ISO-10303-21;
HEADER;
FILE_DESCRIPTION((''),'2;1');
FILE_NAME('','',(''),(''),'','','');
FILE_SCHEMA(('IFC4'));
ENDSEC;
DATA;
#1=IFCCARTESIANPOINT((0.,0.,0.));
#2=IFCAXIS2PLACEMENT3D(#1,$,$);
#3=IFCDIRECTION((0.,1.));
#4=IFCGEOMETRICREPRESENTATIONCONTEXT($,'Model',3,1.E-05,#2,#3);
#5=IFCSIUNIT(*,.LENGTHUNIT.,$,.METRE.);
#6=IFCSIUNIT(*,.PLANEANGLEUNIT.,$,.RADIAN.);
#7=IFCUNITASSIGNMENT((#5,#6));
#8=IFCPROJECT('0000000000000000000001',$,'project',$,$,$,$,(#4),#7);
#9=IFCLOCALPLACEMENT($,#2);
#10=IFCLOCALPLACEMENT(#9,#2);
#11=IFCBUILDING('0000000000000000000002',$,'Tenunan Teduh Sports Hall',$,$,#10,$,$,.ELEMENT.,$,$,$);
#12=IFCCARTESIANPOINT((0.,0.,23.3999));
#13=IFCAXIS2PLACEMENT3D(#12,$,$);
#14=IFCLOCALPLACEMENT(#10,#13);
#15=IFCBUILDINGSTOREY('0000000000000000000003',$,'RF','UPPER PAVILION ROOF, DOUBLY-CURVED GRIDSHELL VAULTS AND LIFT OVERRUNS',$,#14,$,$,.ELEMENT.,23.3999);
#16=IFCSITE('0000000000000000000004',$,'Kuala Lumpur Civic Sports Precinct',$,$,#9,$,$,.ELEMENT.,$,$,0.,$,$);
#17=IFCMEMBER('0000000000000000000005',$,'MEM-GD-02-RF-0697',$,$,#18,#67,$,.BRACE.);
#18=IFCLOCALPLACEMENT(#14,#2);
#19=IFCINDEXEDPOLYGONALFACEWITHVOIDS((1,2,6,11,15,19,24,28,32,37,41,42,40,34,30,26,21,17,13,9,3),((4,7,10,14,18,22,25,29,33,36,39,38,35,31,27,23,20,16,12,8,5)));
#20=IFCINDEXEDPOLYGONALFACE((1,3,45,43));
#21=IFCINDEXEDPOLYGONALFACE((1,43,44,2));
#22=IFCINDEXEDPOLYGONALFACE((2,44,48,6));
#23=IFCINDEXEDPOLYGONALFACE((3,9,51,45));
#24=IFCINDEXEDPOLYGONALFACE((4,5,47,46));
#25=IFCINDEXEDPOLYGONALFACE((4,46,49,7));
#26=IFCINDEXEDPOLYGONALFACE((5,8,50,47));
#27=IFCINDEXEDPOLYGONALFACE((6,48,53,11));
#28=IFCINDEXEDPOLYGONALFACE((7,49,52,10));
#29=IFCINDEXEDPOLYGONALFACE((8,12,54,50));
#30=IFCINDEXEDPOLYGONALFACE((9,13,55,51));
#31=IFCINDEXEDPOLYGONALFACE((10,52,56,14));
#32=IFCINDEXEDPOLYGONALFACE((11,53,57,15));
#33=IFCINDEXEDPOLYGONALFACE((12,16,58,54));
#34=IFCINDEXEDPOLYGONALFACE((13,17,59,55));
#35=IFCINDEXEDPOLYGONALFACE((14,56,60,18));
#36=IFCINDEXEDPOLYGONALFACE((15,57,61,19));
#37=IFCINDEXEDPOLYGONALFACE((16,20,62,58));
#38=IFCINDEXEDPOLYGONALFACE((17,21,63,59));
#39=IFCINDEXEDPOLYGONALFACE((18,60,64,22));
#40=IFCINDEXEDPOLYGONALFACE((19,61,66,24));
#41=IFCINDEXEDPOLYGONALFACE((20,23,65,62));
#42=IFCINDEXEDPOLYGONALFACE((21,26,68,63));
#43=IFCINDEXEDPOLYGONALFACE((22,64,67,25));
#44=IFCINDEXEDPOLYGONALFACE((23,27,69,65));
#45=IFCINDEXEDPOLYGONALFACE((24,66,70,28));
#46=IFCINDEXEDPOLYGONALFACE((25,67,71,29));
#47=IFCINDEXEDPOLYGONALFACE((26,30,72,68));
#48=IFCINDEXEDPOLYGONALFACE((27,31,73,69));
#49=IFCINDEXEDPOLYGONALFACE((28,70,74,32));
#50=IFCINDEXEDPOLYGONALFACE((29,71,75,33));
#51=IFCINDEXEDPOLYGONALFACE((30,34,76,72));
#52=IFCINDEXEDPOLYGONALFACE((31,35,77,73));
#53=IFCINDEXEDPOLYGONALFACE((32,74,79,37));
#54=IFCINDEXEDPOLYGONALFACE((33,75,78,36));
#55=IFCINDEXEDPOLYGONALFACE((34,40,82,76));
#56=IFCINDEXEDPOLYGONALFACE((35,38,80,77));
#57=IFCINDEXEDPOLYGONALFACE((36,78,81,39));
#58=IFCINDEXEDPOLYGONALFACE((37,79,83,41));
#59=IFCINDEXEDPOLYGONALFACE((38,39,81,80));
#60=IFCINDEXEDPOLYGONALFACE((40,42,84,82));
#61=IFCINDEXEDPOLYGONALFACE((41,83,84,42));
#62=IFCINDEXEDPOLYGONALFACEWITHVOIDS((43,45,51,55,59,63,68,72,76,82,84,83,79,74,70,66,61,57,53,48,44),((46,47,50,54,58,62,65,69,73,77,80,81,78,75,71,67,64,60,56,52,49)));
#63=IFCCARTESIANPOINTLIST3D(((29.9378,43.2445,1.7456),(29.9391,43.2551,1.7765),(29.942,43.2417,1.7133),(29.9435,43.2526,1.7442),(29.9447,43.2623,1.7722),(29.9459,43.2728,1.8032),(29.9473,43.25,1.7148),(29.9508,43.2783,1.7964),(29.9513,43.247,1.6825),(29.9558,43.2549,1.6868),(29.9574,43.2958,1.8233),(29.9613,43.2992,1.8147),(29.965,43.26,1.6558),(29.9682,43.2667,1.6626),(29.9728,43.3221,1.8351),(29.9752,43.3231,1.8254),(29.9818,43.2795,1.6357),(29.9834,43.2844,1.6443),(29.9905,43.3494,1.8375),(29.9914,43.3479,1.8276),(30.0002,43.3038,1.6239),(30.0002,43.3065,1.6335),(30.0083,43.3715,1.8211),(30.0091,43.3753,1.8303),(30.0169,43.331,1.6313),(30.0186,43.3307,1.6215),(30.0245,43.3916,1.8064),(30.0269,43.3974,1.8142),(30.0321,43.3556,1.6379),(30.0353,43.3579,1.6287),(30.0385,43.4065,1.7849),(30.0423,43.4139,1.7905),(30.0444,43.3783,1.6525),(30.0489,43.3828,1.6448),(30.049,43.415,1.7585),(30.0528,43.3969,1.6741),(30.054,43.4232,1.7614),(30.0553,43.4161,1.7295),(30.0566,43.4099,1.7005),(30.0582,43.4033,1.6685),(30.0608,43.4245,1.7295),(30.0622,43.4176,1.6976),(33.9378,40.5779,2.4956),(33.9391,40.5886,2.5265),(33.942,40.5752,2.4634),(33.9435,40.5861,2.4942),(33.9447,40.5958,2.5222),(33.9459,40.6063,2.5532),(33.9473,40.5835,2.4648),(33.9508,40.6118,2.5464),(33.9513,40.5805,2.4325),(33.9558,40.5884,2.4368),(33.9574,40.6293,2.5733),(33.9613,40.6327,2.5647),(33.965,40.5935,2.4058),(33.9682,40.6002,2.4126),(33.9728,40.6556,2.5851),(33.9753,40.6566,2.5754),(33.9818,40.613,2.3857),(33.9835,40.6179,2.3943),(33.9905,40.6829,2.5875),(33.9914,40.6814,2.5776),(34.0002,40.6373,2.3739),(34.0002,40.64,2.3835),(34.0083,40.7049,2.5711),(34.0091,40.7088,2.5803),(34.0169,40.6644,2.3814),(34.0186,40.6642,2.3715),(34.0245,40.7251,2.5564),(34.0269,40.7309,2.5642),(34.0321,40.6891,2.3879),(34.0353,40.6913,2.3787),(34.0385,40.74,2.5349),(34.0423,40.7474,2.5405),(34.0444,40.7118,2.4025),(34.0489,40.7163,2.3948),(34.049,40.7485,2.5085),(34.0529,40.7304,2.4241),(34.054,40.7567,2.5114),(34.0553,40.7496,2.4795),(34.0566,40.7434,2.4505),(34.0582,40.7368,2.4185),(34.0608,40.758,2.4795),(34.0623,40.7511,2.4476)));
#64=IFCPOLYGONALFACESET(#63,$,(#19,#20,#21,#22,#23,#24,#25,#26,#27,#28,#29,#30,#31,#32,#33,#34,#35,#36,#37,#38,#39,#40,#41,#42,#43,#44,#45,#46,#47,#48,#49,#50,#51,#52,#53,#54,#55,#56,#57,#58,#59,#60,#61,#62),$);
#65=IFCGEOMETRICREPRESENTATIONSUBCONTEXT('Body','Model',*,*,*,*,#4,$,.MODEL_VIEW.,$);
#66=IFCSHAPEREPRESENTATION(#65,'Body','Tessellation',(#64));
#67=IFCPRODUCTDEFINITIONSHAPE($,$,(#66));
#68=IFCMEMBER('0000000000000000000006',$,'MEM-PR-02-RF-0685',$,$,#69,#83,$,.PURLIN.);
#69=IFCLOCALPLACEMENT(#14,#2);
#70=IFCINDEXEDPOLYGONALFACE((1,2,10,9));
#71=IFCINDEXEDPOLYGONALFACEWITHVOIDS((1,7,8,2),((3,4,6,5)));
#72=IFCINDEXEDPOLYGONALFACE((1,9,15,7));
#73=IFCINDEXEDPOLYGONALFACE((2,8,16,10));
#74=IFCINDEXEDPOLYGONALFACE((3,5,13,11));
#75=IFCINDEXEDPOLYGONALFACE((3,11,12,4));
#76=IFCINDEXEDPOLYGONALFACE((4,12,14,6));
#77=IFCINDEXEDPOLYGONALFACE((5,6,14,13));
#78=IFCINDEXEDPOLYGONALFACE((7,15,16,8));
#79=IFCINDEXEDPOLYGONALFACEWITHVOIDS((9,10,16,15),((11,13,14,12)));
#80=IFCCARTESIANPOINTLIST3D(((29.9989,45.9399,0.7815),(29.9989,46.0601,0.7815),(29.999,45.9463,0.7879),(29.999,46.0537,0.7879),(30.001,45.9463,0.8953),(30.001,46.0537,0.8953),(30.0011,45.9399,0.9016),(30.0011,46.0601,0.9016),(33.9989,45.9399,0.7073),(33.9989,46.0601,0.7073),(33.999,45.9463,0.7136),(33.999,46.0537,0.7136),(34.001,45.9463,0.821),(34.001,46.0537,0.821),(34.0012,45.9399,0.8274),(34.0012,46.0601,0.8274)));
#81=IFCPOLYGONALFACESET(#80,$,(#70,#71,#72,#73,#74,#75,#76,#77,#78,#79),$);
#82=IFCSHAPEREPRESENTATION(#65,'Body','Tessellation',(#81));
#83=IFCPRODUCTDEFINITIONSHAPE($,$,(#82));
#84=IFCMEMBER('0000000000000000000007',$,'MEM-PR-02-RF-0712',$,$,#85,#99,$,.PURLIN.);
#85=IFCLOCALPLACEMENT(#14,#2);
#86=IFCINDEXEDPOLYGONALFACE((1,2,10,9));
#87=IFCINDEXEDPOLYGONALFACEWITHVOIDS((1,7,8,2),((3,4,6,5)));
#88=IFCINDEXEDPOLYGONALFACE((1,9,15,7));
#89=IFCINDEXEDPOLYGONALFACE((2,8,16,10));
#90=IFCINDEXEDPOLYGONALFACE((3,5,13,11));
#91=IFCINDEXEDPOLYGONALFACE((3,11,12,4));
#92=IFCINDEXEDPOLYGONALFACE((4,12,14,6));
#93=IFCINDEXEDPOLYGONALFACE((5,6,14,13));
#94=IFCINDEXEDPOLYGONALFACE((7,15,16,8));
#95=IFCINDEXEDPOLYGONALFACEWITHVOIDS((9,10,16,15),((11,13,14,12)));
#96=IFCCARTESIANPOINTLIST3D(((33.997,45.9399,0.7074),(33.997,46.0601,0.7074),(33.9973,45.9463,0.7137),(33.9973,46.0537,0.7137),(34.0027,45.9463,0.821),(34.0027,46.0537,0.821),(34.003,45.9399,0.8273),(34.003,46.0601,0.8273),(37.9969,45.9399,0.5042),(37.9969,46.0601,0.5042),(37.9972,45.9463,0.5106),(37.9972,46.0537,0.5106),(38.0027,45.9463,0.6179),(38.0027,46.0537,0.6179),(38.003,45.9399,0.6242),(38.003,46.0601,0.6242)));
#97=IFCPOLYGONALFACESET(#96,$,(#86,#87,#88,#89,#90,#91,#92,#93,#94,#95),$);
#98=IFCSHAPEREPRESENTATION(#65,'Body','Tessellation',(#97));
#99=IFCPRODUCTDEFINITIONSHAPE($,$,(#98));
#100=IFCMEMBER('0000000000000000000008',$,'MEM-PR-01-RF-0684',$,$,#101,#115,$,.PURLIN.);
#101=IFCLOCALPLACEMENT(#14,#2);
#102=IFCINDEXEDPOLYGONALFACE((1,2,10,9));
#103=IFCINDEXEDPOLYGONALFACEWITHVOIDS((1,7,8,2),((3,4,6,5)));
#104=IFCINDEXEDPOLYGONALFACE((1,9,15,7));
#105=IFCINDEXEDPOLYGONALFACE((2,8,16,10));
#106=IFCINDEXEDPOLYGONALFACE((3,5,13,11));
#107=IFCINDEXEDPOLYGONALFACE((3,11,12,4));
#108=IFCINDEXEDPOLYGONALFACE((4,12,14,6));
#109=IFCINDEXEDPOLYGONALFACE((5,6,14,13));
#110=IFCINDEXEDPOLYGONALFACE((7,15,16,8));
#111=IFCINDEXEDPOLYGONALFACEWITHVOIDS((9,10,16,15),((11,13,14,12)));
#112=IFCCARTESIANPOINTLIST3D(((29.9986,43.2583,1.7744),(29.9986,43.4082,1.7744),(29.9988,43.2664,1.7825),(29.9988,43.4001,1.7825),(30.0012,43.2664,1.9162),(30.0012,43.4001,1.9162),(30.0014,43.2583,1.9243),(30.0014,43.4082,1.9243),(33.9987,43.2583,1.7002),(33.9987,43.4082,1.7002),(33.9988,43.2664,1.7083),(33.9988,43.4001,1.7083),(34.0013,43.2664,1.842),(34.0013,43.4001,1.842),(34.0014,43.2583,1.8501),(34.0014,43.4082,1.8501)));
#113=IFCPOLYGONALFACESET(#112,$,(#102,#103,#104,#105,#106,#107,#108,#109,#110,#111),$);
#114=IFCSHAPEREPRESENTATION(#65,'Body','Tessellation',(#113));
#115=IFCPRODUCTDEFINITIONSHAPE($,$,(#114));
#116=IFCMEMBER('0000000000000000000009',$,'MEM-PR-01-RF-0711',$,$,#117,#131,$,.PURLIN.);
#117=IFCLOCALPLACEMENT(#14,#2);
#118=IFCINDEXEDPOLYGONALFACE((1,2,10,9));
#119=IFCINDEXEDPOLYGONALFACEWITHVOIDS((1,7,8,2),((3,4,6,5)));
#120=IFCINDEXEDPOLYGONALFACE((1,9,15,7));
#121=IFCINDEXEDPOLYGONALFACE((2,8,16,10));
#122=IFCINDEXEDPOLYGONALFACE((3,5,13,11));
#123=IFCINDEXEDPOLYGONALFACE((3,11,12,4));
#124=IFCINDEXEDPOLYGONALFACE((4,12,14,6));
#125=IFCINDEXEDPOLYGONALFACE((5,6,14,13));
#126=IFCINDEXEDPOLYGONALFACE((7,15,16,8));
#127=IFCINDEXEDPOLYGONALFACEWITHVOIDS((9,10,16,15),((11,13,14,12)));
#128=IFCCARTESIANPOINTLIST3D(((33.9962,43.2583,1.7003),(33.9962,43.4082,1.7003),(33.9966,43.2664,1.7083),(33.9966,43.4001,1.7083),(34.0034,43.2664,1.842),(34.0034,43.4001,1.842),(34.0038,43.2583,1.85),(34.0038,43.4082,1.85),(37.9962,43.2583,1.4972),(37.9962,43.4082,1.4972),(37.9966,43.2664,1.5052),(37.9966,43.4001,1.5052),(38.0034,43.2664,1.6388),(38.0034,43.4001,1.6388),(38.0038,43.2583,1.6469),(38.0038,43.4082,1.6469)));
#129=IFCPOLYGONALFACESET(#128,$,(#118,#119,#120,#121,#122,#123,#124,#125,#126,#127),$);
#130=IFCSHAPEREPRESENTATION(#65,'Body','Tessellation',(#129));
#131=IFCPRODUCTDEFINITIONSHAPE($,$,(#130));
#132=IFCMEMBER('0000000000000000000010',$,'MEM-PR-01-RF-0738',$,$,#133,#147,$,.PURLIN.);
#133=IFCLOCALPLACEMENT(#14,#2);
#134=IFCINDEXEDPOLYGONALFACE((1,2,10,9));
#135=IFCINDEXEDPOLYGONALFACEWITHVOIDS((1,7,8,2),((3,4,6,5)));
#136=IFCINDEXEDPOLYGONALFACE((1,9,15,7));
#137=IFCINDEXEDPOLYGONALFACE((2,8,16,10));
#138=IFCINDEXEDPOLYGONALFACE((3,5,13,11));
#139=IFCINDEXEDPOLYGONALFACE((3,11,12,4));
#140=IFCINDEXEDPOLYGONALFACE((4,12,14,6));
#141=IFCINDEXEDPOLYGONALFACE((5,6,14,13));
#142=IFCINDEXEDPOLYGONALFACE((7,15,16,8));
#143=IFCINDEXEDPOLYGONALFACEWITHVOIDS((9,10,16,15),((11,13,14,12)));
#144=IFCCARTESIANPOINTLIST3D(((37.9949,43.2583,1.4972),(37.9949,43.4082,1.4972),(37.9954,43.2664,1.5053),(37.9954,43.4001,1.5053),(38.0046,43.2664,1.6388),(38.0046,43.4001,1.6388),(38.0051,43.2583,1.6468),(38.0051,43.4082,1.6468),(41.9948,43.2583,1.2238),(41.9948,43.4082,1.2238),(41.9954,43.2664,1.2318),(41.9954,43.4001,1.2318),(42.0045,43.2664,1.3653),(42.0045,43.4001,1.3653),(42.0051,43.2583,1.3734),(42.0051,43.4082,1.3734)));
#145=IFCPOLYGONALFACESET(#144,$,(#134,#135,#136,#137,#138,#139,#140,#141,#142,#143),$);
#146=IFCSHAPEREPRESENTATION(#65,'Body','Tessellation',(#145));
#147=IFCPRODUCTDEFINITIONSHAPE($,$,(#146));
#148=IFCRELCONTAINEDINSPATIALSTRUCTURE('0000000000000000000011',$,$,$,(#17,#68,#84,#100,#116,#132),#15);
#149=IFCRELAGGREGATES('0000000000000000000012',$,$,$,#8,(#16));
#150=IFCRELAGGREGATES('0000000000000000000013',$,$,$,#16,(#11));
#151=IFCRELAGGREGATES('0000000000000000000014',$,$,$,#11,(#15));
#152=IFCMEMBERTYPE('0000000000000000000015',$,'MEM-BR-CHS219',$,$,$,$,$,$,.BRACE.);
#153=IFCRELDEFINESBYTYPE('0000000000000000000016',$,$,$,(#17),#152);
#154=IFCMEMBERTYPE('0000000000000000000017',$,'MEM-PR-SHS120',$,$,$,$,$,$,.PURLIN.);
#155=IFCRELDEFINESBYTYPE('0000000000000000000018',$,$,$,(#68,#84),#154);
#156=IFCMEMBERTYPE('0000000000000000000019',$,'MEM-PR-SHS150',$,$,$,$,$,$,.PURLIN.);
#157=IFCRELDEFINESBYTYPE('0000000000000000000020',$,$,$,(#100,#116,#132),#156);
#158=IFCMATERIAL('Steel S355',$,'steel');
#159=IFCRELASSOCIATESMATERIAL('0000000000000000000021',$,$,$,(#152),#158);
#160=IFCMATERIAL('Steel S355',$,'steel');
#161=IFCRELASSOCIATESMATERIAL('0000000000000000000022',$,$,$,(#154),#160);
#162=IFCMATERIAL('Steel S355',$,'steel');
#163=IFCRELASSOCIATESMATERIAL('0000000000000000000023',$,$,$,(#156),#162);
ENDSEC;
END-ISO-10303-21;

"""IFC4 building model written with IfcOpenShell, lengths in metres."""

from ifc_helpers import new_model, si_unit, direction, frame, origin, origin_2d, place, context, subcontext, project, spatial, hollow_rectangle, hollow_circle, extrude, material, material_profile, profile_set, type_object, element, save


model = new_model("IFC4")

# Units and contexts
model_context = context("Model", 3, precision=1e-05, world=origin(), true_north=direction((0.0, 1.0)))
body_context = subcontext(model_context, "Body", "Model", "MODEL_VIEW")
ifc_project = project(units=[si_unit("LENGTHUNIT", "METRE"), si_unit("PLANEANGLEUNIT", "RADIAN")], contexts=[model_context])

# Site, building, storey
site_placement = place(None, origin())
site = spatial("IfcSite", under=ifc_project, at=site_placement, Name="Kuala Lumpur Civic Sports Precinct", CompositionType="ELEMENT", RefElevation=0.0)
building_placement = place(site_placement, origin())
building = spatial("IfcBuilding", under=site, at=building_placement, Name="Tenunan Teduh Sports Hall", CompositionType="ELEMENT")
storey_placement = place(building_placement, frame((0.0, 0.0, 23.3999)))
storey = spatial("IfcBuildingStorey", under=building, at=storey_placement, Name="RF", Description="UPPER PAVILION ROOF, DOUBLY-CURVED GRIDSHELL VAULTS AND LIFT OVERRUNS", CompositionType="ELEMENT", Elevation=23.3999)

# Members
ifc_material_1 = material(Name="Steel S355", Category="steel")
ifc_material_profile_1 = material_profile(ifc_material_1, hollow_circle(Radius=0.1096, WallThickness=0.01, at=origin_2d()), Name="CHS 219.1x10.0")
ifc_profile_set_1 = profile_set([ifc_material_profile_1], Name="Steel S355")
member_type_1 = type_object("IfcMemberType", Name="MEM-BR-CHS219", PredefinedType="BRACE", material=ifc_profile_set_1)
member_1_placement = place(storey_placement, frame((30.0, 43.3333, 1.7295), z_axis=(0.822121, -0.548047, 0.154148), x_axis=(0.554677, 0.832066, 0.0)))
element("IfcMember", 1, at=member_1_placement, inside=storey, type_object=member_type_1, Name="MEM-GD-02-RF-0697", PredefinedType="BRACE", context=body_context, shape_type="SweptSolid", body=[
    extrude(hollow_circle(Radius=0.1096, WallThickness=0.01, at=origin_2d()), origin(), (0.0, 0.0, 1.0), 4.8655),
])
ifc_material_2 = material(Name="Steel S355", Category="steel")
ifc_material_profile_2 = material_profile(ifc_material_2, hollow_rectangle(XDim=0.1201, YDim=0.1201, WallThickness=0.0063, at=origin_2d()), Name="SHS 120x120x6.3")
ifc_profile_set_2 = profile_set([ifc_material_profile_2], Name="Steel S355")
member_type_2 = type_object("IfcMemberType", Name="MEM-PR-SHS120", PredefinedType="PURLIN", material=ifc_profile_set_2)
member_2_placement = place(storey_placement, frame((30.0, 46.0, 0.8416), z_axis=(0.999828, 0.0, -0.018551), x_axis=(0.0, 1.0, 0.0)))
element("IfcMember", 2, at=member_2_placement, inside=storey, type_object=member_type_2, Name="MEM-PR-02-RF-0685", PredefinedType="PURLIN", context=body_context, shape_type="SweptSolid", body=[
    extrude(hollow_rectangle(XDim=0.1201, YDim=0.1201, WallThickness=0.0063, at=origin_2d()), origin(), (0.0, 0.0, 1.0), 4.0007),
])
member_3_placement = place(storey_placement, frame((34.0, 46.0, 0.7673), z_axis=(0.998713, 0.0, -0.050716), x_axis=(0.0, 1.0, 0.0)))
element("IfcMember", 3, at=member_3_placement, inside=storey, type_object=member_type_2, Name="MEM-PR-02-RF-0712", PredefinedType="PURLIN", context=body_context, shape_type="SweptSolid", body=[
    extrude(hollow_rectangle(XDim=0.1201, YDim=0.1201, WallThickness=0.0063, at=origin_2d()), origin(), (0.0, 0.0, 1.0), 4.0051),
])
ifc_material_3 = material(Name="Steel S355", Category="steel")
ifc_material_profile_3 = material_profile(ifc_material_3, hollow_rectangle(XDim=0.1499, YDim=0.1499, WallThickness=0.0081, at=origin_2d()), Name="SHS 150x150x8.0")
ifc_profile_set_3 = profile_set([ifc_material_profile_3], Name="Steel S355")
member_type_3 = type_object("IfcMemberType", Name="MEM-PR-SHS150", PredefinedType="PURLIN", material=ifc_profile_set_3)
member_4_placement = place(storey_placement, frame((30.0, 43.3333, 1.8494), z_axis=(0.999828, 0.0, -0.018551), x_axis=(0.0, 1.0, 0.0)))
element("IfcMember", 4, at=member_4_placement, inside=storey, type_object=member_type_3, Name="MEM-PR-01-RF-0684", PredefinedType="PURLIN", context=body_context, shape_type="SweptSolid", body=[
    extrude(hollow_rectangle(XDim=0.1499, YDim=0.1499, WallThickness=0.0081, at=origin_2d()), origin(), (0.0, 0.0, 1.0), 4.0007),
])
member_5_placement = place(storey_placement, frame((34.0, 43.3333, 1.7751), z_axis=(0.998713, 0.0, -0.050716), x_axis=(0.0, 1.0, 0.0)))
element("IfcMember", 5, at=member_5_placement, inside=storey, type_object=member_type_3, Name="MEM-PR-01-RF-0711", PredefinedType="PURLIN", context=body_context, shape_type="SweptSolid", body=[
    extrude(hollow_rectangle(XDim=0.1499, YDim=0.1499, WallThickness=0.0081, at=origin_2d()), origin(), (0.0, 0.0, 1.0), 4.0051),
])
member_6_placement = place(storey_placement, frame((38.0, 43.3333, 1.572), z_axis=(0.997672, 0.0, -0.0682), x_axis=(0.0, 1.0, 0.0)))
element("IfcMember", 6, at=member_6_placement, inside=storey, type_object=member_type_3, Name="MEM-PR-01-RF-0738", PredefinedType="PURLIN", context=body_context, shape_type="SweptSolid", body=[
    extrude(hollow_rectangle(XDim=0.1499, YDim=0.1499, WallThickness=0.0081, at=origin_2d()), origin(), (0.0, 0.0, 1.0), 4.0093),
])

save(model, "model.ifc")
